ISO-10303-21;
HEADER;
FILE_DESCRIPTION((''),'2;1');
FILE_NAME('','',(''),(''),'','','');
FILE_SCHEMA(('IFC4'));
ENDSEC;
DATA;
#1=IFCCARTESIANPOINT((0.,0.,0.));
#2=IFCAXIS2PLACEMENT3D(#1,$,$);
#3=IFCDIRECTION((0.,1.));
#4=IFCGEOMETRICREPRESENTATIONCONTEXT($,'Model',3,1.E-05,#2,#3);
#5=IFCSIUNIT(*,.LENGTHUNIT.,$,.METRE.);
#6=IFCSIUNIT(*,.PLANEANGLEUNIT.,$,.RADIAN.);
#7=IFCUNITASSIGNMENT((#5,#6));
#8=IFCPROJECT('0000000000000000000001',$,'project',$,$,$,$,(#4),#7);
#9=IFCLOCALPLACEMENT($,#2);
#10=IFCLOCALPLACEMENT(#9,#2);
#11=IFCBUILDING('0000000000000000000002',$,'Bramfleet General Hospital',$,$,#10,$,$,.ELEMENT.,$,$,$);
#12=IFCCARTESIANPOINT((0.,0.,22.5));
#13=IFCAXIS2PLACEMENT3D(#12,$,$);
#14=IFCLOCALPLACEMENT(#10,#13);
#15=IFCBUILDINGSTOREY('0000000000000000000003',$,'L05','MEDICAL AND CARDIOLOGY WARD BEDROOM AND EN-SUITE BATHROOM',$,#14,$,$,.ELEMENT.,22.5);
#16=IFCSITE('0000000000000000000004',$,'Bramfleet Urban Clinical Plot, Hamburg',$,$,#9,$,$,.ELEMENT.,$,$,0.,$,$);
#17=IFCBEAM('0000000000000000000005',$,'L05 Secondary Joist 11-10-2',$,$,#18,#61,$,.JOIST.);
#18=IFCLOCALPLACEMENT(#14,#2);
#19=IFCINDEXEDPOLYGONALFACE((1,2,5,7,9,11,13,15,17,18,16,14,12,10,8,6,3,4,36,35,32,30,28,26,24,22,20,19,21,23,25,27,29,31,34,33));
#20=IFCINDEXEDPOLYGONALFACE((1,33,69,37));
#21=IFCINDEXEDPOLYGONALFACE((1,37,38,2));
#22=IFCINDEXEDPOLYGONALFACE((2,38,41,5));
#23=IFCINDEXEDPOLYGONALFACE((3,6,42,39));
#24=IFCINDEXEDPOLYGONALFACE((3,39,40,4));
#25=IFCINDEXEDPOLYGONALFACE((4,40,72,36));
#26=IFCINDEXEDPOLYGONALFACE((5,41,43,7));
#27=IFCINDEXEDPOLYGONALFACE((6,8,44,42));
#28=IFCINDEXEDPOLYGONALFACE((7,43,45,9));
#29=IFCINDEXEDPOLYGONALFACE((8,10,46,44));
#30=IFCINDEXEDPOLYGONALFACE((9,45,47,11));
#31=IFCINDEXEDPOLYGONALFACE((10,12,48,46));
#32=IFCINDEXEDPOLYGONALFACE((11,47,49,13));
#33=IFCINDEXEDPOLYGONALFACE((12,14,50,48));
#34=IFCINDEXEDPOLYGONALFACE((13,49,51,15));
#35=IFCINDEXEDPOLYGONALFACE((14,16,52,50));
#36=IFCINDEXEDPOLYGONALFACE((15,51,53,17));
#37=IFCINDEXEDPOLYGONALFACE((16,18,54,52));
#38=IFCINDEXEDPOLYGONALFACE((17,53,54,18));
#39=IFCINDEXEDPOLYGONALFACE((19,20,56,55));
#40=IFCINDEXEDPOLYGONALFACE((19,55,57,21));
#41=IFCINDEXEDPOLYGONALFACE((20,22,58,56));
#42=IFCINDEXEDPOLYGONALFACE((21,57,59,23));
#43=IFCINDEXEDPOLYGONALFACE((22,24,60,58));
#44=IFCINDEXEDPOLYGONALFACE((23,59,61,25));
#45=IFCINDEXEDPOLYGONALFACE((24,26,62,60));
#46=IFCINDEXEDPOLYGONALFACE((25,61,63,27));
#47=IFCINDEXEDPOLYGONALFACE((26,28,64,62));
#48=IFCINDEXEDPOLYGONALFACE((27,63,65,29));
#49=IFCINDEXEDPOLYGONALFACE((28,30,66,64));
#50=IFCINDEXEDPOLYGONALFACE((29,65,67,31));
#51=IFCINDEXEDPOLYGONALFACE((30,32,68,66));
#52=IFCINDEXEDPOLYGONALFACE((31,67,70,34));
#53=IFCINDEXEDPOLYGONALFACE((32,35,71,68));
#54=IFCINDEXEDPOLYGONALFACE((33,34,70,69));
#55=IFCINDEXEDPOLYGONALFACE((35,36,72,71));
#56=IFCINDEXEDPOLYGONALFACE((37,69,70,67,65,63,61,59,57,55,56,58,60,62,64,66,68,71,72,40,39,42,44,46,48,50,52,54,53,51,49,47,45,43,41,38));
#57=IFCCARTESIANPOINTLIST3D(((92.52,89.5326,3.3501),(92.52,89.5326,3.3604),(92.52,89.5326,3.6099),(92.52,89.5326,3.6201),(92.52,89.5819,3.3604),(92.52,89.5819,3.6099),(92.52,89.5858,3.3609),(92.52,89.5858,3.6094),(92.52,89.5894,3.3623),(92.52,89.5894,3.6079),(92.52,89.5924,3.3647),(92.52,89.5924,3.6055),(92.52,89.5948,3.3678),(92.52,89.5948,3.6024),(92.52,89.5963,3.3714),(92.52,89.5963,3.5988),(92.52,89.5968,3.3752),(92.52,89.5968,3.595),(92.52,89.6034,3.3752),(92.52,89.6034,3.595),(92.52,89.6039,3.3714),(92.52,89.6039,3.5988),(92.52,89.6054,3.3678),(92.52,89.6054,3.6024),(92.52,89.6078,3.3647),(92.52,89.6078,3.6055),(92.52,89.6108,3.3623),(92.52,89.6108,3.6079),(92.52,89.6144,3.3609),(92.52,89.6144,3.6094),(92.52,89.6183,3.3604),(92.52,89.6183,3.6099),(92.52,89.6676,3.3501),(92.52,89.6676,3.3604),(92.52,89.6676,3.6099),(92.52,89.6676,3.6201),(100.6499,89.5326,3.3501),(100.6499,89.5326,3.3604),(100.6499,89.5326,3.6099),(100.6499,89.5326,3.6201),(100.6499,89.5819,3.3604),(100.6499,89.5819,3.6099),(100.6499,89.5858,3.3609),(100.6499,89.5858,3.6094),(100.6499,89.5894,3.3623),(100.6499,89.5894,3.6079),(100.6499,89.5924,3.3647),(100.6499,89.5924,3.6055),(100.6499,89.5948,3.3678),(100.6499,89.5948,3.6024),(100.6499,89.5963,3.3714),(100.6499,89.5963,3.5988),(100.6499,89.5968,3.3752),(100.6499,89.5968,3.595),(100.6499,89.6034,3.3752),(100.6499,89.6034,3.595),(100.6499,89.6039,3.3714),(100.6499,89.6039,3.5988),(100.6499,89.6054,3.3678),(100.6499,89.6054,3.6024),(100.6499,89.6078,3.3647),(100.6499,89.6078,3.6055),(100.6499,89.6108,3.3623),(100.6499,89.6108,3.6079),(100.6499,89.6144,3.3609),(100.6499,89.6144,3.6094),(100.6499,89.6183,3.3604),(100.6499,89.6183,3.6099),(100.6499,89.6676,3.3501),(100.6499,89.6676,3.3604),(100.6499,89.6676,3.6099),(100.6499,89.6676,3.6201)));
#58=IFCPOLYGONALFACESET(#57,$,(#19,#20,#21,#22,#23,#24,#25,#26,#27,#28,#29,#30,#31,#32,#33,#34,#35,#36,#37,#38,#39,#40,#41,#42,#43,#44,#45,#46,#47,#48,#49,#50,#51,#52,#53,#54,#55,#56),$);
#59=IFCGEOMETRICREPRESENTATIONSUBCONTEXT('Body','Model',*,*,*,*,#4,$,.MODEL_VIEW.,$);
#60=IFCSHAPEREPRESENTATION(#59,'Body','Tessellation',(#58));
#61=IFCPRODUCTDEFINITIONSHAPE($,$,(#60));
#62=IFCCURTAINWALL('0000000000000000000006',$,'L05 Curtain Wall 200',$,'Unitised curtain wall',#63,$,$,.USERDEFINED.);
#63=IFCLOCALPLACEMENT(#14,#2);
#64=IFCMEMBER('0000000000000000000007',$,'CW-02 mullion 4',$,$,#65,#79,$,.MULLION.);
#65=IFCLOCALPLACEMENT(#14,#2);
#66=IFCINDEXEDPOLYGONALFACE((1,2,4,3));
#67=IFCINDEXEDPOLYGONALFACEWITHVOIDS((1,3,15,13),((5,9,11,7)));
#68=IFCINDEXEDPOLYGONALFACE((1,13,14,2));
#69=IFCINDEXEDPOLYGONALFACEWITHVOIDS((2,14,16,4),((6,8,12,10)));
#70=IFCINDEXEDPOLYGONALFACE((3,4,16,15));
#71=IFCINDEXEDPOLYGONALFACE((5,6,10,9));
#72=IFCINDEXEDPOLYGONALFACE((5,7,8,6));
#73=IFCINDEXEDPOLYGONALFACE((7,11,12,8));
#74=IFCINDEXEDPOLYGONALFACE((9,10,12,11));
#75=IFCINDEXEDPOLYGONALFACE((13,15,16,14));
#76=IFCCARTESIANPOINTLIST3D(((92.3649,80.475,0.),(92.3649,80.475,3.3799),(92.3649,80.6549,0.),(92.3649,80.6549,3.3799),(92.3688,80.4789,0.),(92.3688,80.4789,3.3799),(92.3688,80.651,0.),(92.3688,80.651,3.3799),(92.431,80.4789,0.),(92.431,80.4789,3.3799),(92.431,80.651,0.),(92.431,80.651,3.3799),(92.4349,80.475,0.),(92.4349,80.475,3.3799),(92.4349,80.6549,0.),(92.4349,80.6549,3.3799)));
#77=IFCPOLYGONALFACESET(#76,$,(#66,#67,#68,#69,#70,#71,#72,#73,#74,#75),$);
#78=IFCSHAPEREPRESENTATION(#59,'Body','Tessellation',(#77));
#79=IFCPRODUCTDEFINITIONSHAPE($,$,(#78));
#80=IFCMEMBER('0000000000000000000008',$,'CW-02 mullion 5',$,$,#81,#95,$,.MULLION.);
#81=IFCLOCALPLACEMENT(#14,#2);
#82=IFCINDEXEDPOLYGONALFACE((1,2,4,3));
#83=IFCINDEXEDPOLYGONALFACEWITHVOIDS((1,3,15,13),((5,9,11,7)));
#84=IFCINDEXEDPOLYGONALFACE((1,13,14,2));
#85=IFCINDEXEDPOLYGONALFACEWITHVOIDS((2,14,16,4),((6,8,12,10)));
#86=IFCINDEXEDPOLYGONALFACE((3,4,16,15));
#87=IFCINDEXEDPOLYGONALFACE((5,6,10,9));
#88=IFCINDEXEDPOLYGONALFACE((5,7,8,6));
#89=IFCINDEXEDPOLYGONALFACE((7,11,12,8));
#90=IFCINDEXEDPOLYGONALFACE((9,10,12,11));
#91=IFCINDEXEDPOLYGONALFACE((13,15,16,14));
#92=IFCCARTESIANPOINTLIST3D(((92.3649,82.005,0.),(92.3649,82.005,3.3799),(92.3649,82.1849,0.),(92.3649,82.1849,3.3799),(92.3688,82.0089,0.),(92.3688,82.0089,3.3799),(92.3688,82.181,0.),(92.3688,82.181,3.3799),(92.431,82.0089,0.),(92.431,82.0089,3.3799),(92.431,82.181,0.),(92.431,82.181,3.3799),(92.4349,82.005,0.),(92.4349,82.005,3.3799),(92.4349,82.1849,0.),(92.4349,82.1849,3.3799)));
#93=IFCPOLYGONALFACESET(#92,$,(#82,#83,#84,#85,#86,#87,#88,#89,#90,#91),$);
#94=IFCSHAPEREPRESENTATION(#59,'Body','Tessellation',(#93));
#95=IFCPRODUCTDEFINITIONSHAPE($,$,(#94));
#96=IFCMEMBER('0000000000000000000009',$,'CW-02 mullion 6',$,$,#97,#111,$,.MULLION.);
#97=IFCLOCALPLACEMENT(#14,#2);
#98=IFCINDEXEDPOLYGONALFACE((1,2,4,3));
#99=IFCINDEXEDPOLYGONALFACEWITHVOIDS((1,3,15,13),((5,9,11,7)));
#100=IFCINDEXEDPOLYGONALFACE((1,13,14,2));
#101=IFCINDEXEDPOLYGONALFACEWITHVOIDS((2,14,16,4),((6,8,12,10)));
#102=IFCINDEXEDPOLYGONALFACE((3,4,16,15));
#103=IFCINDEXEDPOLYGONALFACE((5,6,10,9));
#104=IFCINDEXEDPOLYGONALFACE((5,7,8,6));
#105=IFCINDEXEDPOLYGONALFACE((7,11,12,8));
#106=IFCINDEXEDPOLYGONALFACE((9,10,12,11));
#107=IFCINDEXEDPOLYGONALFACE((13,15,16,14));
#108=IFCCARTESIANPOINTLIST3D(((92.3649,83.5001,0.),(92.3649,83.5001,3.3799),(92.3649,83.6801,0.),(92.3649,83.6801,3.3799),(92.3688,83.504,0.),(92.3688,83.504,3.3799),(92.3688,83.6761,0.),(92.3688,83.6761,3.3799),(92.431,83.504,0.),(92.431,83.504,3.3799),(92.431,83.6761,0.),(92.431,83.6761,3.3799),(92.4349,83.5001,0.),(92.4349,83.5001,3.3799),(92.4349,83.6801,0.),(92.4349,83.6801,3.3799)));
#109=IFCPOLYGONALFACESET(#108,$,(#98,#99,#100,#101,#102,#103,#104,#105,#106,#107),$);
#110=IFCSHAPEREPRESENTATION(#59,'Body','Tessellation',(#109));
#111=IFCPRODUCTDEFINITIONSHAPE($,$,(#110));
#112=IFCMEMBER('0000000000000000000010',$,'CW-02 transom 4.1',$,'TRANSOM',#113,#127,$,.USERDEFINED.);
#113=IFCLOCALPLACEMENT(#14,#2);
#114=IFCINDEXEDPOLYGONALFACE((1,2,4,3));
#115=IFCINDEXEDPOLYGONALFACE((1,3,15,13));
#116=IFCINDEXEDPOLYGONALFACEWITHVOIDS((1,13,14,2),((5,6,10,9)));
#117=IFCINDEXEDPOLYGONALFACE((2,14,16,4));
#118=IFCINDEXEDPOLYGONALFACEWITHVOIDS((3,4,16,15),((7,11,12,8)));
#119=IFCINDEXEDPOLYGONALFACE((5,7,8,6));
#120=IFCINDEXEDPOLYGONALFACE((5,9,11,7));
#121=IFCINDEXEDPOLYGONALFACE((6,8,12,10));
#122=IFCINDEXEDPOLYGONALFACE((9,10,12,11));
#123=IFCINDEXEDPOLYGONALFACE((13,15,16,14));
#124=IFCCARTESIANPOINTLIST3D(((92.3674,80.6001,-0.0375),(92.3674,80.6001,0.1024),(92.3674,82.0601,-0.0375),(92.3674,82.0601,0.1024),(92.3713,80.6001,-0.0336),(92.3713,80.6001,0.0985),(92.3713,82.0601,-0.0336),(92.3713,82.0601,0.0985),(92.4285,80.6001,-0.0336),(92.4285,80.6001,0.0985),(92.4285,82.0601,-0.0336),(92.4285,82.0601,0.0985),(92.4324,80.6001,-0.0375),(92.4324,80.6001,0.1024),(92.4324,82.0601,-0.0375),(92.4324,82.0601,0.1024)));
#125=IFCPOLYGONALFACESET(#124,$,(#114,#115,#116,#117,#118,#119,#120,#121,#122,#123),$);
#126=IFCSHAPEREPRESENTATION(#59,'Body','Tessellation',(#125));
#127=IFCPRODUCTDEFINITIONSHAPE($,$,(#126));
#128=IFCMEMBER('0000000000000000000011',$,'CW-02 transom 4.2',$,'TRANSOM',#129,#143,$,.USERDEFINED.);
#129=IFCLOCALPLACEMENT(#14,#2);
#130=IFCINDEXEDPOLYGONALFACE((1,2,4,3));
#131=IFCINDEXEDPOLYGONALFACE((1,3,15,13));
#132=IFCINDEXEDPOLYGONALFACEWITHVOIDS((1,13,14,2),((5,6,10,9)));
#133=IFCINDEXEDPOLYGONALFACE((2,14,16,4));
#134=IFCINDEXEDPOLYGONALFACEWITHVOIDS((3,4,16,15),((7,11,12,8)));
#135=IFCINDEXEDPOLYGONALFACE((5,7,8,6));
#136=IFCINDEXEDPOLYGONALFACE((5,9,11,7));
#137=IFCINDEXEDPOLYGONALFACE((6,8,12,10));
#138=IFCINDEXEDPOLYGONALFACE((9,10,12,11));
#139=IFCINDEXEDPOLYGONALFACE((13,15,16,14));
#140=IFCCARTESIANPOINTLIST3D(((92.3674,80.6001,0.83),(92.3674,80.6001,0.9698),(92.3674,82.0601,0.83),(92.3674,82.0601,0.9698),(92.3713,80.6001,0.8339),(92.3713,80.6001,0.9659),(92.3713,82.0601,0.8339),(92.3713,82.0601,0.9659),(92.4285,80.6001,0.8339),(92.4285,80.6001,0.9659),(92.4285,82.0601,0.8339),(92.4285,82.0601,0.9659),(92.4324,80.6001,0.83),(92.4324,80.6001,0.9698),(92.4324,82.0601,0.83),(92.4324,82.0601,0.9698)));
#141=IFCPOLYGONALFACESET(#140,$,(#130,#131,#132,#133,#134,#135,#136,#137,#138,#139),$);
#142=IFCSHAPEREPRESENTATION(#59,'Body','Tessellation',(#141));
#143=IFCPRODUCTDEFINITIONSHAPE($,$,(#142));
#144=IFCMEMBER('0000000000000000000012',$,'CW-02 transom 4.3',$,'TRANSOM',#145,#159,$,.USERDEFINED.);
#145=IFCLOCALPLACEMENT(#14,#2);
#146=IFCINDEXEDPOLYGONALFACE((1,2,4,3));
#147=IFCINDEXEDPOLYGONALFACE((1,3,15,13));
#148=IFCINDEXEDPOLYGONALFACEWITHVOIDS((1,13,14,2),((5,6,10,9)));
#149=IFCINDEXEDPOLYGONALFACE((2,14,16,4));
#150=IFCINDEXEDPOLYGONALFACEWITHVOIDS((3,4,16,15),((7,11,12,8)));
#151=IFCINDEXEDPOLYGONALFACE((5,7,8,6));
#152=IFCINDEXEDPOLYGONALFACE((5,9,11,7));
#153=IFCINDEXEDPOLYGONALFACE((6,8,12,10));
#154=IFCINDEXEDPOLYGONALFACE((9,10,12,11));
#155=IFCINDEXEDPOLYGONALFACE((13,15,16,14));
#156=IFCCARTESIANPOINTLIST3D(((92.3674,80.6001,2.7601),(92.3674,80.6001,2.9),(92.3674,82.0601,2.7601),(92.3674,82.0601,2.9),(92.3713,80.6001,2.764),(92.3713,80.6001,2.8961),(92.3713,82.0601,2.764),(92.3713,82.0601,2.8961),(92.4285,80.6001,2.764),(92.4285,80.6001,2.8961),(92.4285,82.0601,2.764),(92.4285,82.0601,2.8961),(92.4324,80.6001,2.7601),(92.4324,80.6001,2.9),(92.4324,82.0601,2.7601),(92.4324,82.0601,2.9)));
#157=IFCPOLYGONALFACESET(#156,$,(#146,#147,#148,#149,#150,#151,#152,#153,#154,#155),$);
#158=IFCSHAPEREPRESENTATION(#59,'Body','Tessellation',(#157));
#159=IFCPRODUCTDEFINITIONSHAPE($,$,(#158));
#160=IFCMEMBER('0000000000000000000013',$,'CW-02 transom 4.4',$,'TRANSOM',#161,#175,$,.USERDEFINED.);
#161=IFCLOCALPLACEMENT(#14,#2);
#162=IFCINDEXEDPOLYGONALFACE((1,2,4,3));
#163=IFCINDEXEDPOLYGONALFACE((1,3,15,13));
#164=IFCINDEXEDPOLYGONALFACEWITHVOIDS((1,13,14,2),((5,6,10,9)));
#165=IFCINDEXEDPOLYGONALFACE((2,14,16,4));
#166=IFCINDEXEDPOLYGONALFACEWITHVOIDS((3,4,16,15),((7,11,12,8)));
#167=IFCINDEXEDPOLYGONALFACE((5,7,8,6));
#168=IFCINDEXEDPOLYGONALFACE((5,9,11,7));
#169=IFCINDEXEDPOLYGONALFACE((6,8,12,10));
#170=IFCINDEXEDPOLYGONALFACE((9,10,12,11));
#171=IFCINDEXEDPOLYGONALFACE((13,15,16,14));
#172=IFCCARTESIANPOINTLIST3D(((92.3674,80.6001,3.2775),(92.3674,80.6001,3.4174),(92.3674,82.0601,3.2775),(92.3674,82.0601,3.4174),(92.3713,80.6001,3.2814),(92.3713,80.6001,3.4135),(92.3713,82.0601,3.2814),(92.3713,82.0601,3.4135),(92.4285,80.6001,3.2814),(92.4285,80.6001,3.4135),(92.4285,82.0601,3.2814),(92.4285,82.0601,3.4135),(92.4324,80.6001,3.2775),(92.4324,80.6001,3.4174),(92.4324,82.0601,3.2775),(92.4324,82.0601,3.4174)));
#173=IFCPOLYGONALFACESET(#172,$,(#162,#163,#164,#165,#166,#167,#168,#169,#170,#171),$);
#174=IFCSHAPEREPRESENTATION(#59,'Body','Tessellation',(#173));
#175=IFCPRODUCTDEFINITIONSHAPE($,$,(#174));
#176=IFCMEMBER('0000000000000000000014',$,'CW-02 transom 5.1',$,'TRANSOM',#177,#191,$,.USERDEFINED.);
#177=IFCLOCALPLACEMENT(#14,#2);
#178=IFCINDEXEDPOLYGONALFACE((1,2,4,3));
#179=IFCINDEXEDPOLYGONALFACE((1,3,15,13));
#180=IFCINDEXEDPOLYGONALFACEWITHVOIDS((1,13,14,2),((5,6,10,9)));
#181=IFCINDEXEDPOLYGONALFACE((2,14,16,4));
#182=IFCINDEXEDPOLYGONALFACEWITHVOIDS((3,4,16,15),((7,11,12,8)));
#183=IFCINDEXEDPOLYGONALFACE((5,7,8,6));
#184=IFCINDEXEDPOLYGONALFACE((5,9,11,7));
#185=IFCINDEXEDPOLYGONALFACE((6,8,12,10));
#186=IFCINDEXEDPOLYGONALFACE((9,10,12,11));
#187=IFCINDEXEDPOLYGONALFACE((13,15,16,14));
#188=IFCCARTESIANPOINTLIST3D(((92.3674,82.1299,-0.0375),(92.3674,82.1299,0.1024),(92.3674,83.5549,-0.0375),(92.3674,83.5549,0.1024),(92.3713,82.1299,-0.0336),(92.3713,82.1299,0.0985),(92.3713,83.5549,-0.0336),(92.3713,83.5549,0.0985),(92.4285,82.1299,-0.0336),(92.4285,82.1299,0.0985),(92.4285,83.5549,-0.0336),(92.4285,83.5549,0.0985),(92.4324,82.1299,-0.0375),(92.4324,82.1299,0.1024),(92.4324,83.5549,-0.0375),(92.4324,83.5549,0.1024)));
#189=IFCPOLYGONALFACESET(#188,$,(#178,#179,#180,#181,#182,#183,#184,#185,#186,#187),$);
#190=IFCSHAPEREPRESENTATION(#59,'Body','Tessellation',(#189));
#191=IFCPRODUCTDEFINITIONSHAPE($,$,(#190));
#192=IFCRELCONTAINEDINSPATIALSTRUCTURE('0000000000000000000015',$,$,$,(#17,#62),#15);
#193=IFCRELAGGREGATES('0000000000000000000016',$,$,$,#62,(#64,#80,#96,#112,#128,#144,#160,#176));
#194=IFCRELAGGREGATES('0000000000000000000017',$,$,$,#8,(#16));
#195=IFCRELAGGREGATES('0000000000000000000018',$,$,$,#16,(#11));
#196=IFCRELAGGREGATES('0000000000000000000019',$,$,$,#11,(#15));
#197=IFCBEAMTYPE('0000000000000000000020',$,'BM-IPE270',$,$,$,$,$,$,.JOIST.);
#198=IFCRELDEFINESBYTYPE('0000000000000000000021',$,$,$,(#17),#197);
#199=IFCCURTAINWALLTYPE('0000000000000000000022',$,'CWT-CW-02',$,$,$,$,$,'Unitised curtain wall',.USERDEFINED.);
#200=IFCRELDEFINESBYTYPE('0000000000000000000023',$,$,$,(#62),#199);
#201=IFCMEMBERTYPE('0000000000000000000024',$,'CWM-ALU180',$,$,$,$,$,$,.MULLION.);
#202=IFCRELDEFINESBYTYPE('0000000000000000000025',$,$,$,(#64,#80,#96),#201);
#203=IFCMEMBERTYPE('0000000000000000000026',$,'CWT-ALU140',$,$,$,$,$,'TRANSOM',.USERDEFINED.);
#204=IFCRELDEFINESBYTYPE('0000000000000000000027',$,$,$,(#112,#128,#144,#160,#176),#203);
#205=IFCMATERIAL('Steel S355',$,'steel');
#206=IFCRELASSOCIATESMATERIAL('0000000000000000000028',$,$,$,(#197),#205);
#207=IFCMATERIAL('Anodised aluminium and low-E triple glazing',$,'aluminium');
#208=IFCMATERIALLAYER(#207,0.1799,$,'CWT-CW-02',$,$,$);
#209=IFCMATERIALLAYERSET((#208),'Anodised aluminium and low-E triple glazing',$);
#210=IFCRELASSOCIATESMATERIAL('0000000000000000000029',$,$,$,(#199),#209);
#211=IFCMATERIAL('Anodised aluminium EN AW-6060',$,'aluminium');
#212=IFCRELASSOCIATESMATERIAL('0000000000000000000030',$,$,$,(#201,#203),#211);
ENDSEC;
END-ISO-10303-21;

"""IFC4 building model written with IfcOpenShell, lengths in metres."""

from ifc_helpers import new_model, si_unit, direction, frame, origin, origin_2d, place, context, subcontext, project, spatial, hollow_rectangle, i_section, extrude, material, layer, layer_set, material_profile, profile_set, type_object, element, aggregate, save


model = new_model("IFC4")

# Units and contexts
model_context = context("Model", 3, precision=1e-05, world=origin(), true_north=direction((0.0, 1.0)))
body_context = subcontext(model_context, "Body", "Model", "MODEL_VIEW")
ifc_project = project(units=[si_unit("LENGTHUNIT", "METRE"), si_unit("PLANEANGLEUNIT", "RADIAN")], contexts=[model_context])

# Site, building, storey
site_placement = place(None, origin())
site = spatial("IfcSite", under=ifc_project, at=site_placement, Name="Bramfleet Urban Clinical Plot, Hamburg", CompositionType="ELEMENT", RefElevation=0.0)
building_placement = place(site_placement, origin())
building = spatial("IfcBuilding", under=site, at=building_placement, Name="Bramfleet General Hospital", CompositionType="ELEMENT")
storey_placement = place(building_placement, frame((0.0, 0.0, 22.5)))
storey = spatial("IfcBuildingStorey", under=building, at=storey_placement, Name="L05", Description="MEDICAL AND CARDIOLOGY WARD BEDROOM AND EN-SUITE BATHROOM", CompositionType="ELEMENT", Elevation=22.5)

# Beam
ifc_material_1 = material(Name="Steel S355", Category="steel")
ifc_material_profile_1 = material_profile(ifc_material_1, i_section(OverallWidth=0.135, OverallDepth=0.27, WebThickness=0.0066, FlangeThickness=0.0103, FilletRadius=0.0149, at=origin_2d()), Name="IPE 270")
ifc_profile_set_1 = profile_set([ifc_material_profile_1], Name="Steel S355")
beam_type_1 = type_object("IfcBeamType", Name="BM-IPE270", PredefinedType="JOIST", material=ifc_profile_set_1)
for number, where, z_axis, x_axis, name in (
    (1, (92.52, 89.6001, 3.4851), (1.0, 0.0, 0.0), (0.0, 1.0, 0.0), "L05 Secondary Joist 11-10-2"),
):
    element("IfcBeam", number, at=place(storey_placement, frame(where, z_axis=z_axis, x_axis=x_axis)), inside=storey, type_object=beam_type_1, Name=name, PredefinedType="JOIST", context=body_context, shape_type="SweptSolid", body=[
        extrude(i_section(OverallWidth=0.135, OverallDepth=0.27, WebThickness=0.0066, FlangeThickness=0.0103, FilletRadius=0.0149, at=origin_2d()), origin(), (0.0, 0.0, 1.0), 8.1299),
    ])

# Curtain wall, members
ifc_material_2 = material(Name="Anodised aluminium and low-E triple glazing", Category="aluminium")
ifc_layer_1 = layer(ifc_material_2, 0.1799, Name="CWT-CW-02")
ifc_layer_set_1 = layer_set([ifc_layer_1], Name="Anodised aluminium and low-E triple glazing")
curtain_wall_type = type_object("IfcCurtainWallType", Name="CWT-CW-02", ElementType="Unitised curtain wall", PredefinedType="USERDEFINED", material=ifc_layer_set_1)
curtain_wall_placement = place(storey_placement, origin())
curtain_wall = element("IfcCurtainWall", 2, at=curtain_wall_placement, inside=storey, type_object=curtain_wall_type, Name="L05 Curtain Wall 200", ObjectType="Unitised curtain wall", PredefinedType="USERDEFINED")
ifc_material_3 = material(Name="Anodised aluminium EN AW-6060", Category="aluminium")
ifc_material_profile_2 = material_profile(ifc_material_3, hollow_rectangle(XDim=0.0701, YDim=0.1799, WallThickness=0.0039, at=origin_2d()), Name="ALU 180x70x4.0")
ifc_profile_set_2 = profile_set([ifc_material_profile_2], Name="Anodised aluminium EN AW-6060")
member_type_1 = type_object("IfcMemberType", Name="CWM-ALU180", PredefinedType="MULLION", material=ifc_profile_set_2)
member_1_placement = place(storey_placement, frame((92.3999, 80.5649, 0.0), z_axis=(0.0, 0.0, 1.0), x_axis=(-1.0, 0.0, 0.0)))
member_1 = element("IfcMember", 3, at=member_1_placement, type_object=member_type_1, Name="CW-02 mullion 4", PredefinedType="MULLION", context=body_context, shape_type="SweptSolid", body=[
    extrude(hollow_rectangle(XDim=0.0701, YDim=0.1799, WallThickness=0.0039, at=origin_2d()), origin(), (0.0, 0.0, 1.0), 3.3799),
])
member_2_placement = place(storey_placement, frame((92.3999, 82.095, 0.0), z_axis=(0.0, 0.0, 1.0), x_axis=(-1.0, 0.0, 0.0)))
member_2 = element("IfcMember", 4, at=member_2_placement, type_object=member_type_1, Name="CW-02 mullion 5", PredefinedType="MULLION", context=body_context, shape_type="SweptSolid", body=[
    extrude(hollow_rectangle(XDim=0.0701, YDim=0.1799, WallThickness=0.0039, at=origin_2d()), origin(), (0.0, 0.0, 1.0), 3.3799),
])
member_3_placement = place(storey_placement, frame((92.3999, 83.5901, 0.0), z_axis=(0.0, 0.0, 1.0), x_axis=(-1.0, 0.0, 0.0)))
member_3 = element("IfcMember", 5, at=member_3_placement, type_object=member_type_1, Name="CW-02 mullion 6", PredefinedType="MULLION", context=body_context, shape_type="SweptSolid", body=[
    extrude(hollow_rectangle(XDim=0.0701, YDim=0.1799, WallThickness=0.0039, at=origin_2d()), origin(), (0.0, 0.0, 1.0), 3.3799),
])
ifc_material_profile_3 = material_profile(ifc_material_3, hollow_rectangle(XDim=0.0649, YDim=0.1399, WallThickness=0.0039, at=origin_2d()), Name="ALU 140x65x4.0")
ifc_profile_set_3 = profile_set([ifc_material_profile_3], Name="Anodised aluminium EN AW-6060")
member_type_2 = type_object("IfcMemberType", Name="CWT-ALU140", ElementType="TRANSOM", PredefinedType="USERDEFINED", material=ifc_profile_set_3)
member_4_placement = place(storey_placement, frame((92.3999, 80.6001, 0.0325), z_axis=(0.0, 1.0, 0.0), x_axis=(-1.0, 0.0, 0.0)))
member_4 = element("IfcMember", 6, at=member_4_placement, type_object=member_type_2, Name="CW-02 transom 4.1", ObjectType="TRANSOM", PredefinedType="USERDEFINED", context=body_context, shape_type="SweptSolid", body=[
    extrude(hollow_rectangle(XDim=0.0649, YDim=0.1399, WallThickness=0.0039, at=origin_2d()), origin(), (0.0, 0.0, 1.0), 1.46),
])
member_5_placement = place(storey_placement, frame((92.3999, 80.6001, 0.8999), z_axis=(0.0, 1.0, 0.0), x_axis=(-1.0, 0.0, 0.0)))
member_5 = element("IfcMember", 7, at=member_5_placement, type_object=member_type_2, Name="CW-02 transom 4.2", ObjectType="TRANSOM", PredefinedType="USERDEFINED", context=body_context, shape_type="SweptSolid", body=[
    extrude(hollow_rectangle(XDim=0.0649, YDim=0.1399, WallThickness=0.0039, at=origin_2d()), origin(), (0.0, 0.0, 1.0), 1.46),
])
member_6_placement = place(storey_placement, frame((92.3999, 80.6001, 2.8301), z_axis=(0.0, 1.0, 0.0), x_axis=(-1.0, 0.0, 0.0)))
member_6 = element("IfcMember", 8, at=member_6_placement, type_object=member_type_2, Name="CW-02 transom 4.3", ObjectType="TRANSOM", PredefinedType="USERDEFINED", context=body_context, shape_type="SweptSolid", body=[
    extrude(hollow_rectangle(XDim=0.0649, YDim=0.1399, WallThickness=0.0039, at=origin_2d()), origin(), (0.0, 0.0, 1.0), 1.46),
])
member_7_placement = place(storey_placement, frame((92.3999, 80.6001, 3.3474), z_axis=(0.0, 1.0, 0.0), x_axis=(-1.0, 0.0, 0.0)))
member_7 = element("IfcMember", 9, at=member_7_placement, type_object=member_type_2, Name="CW-02 transom 4.4", ObjectType="TRANSOM", PredefinedType="USERDEFINED", context=body_context, shape_type="SweptSolid", body=[
    extrude(hollow_rectangle(XDim=0.0649, YDim=0.1399, WallThickness=0.0039, at=origin_2d()), origin(), (0.0, 0.0, 1.0), 1.46),
])
member_8_placement = place(storey_placement, frame((92.3999, 82.1299, 0.0325), z_axis=(0.0, 1.0, 0.0), x_axis=(-1.0, 0.0, 0.0)))
member_8 = element("IfcMember", 10, at=member_8_placement, type_object=member_type_2, Name="CW-02 transom 5.1", ObjectType="TRANSOM", PredefinedType="USERDEFINED", context=body_context, shape_type="SweptSolid", body=[
    extrude(hollow_rectangle(XDim=0.0649, YDim=0.1399, WallThickness=0.0039, at=origin_2d()), origin(), (0.0, 0.0, 1.0), 1.425),
])
aggregate(curtain_wall, [member_1, member_2, member_3, member_4, member_5, member_6, member_7, member_8])

save(model, "model.ifc")
